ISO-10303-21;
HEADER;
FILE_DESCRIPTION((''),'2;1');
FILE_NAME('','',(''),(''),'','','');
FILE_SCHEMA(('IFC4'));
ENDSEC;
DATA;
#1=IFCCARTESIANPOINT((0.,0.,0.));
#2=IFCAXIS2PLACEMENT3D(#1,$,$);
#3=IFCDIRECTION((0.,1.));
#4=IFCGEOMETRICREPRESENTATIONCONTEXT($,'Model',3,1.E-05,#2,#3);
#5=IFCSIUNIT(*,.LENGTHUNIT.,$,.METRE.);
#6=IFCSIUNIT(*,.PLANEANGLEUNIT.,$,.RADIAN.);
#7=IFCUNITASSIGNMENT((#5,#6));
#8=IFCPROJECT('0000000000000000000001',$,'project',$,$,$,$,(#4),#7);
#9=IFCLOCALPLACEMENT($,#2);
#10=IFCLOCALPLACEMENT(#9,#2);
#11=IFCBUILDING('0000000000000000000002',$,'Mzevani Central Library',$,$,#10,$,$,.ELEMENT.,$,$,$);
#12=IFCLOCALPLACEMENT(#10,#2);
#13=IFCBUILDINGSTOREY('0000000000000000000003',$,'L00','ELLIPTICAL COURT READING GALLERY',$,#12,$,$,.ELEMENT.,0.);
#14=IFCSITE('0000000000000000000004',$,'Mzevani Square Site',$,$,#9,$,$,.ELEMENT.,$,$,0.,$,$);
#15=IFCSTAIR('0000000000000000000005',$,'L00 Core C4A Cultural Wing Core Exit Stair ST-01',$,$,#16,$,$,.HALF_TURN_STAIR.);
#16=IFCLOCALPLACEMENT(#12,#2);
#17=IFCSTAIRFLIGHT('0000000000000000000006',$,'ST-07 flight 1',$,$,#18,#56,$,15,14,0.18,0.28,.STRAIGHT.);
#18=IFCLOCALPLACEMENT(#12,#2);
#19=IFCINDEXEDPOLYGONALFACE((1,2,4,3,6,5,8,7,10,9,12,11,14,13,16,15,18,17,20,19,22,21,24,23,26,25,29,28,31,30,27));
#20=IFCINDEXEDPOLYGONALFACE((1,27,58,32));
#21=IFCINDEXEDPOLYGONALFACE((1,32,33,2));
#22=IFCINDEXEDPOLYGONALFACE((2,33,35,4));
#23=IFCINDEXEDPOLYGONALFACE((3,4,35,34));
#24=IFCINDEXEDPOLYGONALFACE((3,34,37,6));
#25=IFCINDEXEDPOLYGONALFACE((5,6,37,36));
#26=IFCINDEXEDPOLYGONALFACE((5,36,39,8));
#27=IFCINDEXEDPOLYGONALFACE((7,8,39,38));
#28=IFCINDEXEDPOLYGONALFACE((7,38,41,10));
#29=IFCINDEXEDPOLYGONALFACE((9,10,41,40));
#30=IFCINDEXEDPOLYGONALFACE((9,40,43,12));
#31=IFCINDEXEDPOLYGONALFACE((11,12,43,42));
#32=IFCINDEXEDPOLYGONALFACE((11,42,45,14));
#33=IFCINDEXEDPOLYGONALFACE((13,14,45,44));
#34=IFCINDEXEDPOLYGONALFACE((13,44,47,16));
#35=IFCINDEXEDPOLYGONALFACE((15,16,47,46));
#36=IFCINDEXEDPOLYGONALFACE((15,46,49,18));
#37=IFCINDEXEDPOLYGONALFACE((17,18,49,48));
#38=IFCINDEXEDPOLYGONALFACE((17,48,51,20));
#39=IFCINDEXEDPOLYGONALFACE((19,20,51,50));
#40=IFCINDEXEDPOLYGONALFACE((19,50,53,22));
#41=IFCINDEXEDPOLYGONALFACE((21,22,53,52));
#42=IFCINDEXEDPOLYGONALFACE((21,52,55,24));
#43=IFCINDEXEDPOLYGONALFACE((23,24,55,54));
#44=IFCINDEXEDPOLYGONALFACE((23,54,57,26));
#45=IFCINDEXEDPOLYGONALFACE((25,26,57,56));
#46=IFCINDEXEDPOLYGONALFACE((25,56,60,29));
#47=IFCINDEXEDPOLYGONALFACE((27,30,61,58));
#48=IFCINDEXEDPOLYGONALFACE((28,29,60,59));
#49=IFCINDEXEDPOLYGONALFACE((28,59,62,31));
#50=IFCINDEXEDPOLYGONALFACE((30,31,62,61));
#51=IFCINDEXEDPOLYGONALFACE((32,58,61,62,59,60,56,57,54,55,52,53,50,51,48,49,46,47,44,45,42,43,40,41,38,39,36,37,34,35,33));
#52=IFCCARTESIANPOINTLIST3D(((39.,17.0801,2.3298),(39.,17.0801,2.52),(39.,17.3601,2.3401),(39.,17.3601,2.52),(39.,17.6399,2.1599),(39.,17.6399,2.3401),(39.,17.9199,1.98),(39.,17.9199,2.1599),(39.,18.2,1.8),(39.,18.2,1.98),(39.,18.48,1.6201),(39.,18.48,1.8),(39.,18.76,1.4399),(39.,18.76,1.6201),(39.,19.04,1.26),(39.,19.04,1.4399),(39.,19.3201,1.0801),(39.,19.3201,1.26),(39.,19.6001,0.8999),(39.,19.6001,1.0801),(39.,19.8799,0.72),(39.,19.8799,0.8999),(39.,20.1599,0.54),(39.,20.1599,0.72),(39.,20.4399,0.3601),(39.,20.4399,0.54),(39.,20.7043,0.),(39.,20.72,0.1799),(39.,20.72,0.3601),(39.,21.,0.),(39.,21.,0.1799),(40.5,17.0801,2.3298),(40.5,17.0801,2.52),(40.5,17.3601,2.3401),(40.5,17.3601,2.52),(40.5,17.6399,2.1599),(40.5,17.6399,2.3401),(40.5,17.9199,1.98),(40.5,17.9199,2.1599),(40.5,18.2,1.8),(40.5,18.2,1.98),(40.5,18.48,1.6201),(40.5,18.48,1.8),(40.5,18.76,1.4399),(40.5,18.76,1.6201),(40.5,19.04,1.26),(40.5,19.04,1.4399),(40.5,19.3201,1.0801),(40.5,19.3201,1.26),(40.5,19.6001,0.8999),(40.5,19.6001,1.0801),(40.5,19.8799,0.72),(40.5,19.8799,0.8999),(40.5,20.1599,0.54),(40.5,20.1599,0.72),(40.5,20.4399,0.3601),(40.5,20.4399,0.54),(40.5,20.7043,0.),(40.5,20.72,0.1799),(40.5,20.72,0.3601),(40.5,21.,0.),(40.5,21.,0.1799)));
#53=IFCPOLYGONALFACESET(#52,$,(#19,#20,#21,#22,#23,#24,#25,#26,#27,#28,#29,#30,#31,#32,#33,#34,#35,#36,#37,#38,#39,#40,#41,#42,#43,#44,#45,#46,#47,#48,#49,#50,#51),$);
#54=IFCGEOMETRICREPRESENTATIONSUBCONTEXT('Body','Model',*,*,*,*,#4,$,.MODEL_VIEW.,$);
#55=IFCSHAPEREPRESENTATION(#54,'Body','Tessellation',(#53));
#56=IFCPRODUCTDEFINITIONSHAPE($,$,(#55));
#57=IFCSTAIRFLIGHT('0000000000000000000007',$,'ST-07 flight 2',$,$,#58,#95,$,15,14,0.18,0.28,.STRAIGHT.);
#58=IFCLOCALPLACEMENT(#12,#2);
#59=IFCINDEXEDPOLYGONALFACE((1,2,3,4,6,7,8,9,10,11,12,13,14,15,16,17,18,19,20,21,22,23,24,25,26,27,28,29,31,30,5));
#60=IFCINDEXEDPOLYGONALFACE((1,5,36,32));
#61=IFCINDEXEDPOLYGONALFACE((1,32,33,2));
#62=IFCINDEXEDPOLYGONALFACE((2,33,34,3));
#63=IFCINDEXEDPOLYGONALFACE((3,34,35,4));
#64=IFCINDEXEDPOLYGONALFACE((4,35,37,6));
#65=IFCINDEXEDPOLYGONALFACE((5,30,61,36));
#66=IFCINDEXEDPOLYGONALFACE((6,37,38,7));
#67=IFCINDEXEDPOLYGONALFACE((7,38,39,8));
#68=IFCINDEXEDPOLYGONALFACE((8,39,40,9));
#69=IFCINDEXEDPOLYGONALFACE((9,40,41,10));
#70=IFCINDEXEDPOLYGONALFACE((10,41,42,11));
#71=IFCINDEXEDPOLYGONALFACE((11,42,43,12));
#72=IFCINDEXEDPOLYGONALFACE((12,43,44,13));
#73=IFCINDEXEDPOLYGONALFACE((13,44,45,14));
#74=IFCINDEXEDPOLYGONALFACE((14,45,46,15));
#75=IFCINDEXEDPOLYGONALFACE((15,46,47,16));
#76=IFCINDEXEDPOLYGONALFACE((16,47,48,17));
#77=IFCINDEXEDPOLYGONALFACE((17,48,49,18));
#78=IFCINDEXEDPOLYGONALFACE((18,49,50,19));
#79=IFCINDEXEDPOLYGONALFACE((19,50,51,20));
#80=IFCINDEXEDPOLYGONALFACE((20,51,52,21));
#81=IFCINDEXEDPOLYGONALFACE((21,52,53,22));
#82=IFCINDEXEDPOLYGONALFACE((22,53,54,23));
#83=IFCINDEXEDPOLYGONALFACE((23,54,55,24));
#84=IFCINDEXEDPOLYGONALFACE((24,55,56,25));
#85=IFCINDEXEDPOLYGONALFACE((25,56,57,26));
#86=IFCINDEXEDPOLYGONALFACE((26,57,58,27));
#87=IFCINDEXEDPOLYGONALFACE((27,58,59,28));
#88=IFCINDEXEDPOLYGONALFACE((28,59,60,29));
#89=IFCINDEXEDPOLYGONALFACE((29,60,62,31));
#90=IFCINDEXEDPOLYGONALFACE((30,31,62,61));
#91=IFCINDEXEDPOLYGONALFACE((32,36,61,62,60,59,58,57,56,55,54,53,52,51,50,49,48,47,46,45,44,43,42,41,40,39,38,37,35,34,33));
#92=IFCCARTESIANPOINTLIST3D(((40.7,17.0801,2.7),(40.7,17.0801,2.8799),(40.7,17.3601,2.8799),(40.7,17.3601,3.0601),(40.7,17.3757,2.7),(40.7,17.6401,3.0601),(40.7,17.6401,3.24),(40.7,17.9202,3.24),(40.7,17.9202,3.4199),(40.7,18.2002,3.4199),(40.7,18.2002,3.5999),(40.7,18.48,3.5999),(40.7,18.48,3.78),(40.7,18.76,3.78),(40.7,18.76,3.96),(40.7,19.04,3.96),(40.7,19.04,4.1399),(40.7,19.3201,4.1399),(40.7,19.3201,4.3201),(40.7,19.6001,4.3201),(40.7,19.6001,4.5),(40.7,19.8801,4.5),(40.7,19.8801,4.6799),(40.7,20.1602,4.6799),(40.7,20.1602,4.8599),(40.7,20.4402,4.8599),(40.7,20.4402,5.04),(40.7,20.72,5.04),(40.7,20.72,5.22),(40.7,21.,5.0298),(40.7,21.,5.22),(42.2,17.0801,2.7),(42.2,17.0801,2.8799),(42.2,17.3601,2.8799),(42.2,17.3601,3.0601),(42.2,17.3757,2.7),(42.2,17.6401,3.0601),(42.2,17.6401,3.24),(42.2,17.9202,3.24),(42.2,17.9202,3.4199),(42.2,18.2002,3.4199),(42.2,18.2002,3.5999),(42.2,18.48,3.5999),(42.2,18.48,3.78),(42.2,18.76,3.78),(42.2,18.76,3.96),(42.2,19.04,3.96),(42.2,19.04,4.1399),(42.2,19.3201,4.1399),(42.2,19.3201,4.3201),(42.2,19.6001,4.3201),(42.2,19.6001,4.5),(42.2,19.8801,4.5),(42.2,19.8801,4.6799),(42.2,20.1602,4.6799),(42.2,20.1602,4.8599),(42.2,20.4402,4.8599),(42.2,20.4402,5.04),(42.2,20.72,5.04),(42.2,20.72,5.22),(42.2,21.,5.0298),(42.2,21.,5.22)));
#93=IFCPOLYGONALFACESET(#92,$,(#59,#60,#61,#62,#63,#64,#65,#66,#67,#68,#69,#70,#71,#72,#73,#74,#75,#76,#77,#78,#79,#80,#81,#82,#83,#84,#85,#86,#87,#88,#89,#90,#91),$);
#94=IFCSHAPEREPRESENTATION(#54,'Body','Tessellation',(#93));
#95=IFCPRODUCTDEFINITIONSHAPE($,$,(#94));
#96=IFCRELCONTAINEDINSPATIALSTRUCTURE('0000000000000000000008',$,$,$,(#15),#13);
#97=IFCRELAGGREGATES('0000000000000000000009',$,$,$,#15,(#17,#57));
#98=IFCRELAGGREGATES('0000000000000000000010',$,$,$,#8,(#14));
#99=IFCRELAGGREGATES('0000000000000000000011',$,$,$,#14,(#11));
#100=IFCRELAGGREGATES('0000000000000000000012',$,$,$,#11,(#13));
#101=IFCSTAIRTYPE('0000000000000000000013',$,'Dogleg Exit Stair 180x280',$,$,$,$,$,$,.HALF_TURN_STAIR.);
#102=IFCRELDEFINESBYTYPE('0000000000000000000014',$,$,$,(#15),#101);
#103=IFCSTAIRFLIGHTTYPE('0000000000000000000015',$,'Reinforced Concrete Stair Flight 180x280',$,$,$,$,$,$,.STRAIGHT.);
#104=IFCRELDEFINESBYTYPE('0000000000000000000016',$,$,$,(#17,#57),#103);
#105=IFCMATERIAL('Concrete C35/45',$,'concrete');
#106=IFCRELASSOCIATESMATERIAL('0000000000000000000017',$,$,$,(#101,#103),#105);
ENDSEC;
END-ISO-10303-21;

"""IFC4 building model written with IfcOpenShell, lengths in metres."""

from ifc_helpers import new_model, si_unit, direction, frame, origin, place, context, subcontext, project, spatial, polyline, outline, extrude, material, type_object, element, aggregate, save


model = new_model("IFC4")

# Units and contexts
model_context = context("Model", 3, precision=1e-05, world=origin(), true_north=direction((0.0, 1.0)))
body_context = subcontext(model_context, "Body", "Model", "MODEL_VIEW")
ifc_project = project(units=[si_unit("LENGTHUNIT", "METRE"), si_unit("PLANEANGLEUNIT", "RADIAN")], contexts=[model_context])

# Site, building, storey
site_placement = place(None, origin())
site = spatial("IfcSite", under=ifc_project, at=site_placement, Name="Mzevani Square Site", CompositionType="ELEMENT", RefElevation=0.0)
building_placement = place(site_placement, origin())
building = spatial("IfcBuilding", under=site, at=building_placement, Name="Mzevani Central Library", CompositionType="ELEMENT")
storey_placement = place(building_placement, origin())
storey = spatial("IfcBuildingStorey", under=building, at=storey_placement, Name="L00", Description="ELLIPTICAL COURT READING GALLERY", CompositionType="ELEMENT", Elevation=0.0)

# Shared definitions
ifc_material_1 = material(Name="Concrete C35/45", Category="concrete")

# Stair, stair flights
stair_type = type_object("IfcStairType", Name="Dogleg Exit Stair 180x280", PredefinedType="HALF_TURN_STAIR", material=ifc_material_1)
stair_placement = place(storey_placement, origin())
stair = element("IfcStair", 1, at=stair_placement, inside=storey, type_object=stair_type, Name="L00 Core C4A Cultural Wing Core Exit Stair ST-01", PredefinedType="HALF_TURN_STAIR")
stair_flight_type = type_object("IfcStairFlightType", Name="Reinforced Concrete Stair Flight 180x280", PredefinedType="STRAIGHT", material=ifc_material_1)
stair_flight_1_placement = place(storey_placement, frame((39.75, 21.0, 0.0), z_axis=(0.0, 0.0, 1.0), x_axis=(0.0, -1.0, 0.0)))
stair_flight_1 = element("IfcStairFlight", 2, at=stair_flight_1_placement, type_object=stair_flight_type, Name="ST-07 flight 1", NumberOfRisers=15, NumberOfTreads=14, PredefinedType="STRAIGHT", RiserHeight=0.18, TreadLength=0.28, context=body_context, shape_type="SweptSolid", body=[
    extrude(outline(polyline([(0.0, 0.0), (0.0, 0.1799), (0.28, 0.1799), (0.28, 0.3601), (0.5601, 0.3601), (0.5601, 0.54), (0.8401, 0.54), (0.8401, 0.72), (1.1201, 0.72), (1.1201, 0.8999), (1.3999, 0.8999), (1.3999, 1.0801), (1.6799, 1.0801), (1.6799, 1.26), (1.96, 1.26), (1.96, 1.4399), (2.24, 1.4399), (2.24, 1.6201), (2.52, 1.6201), (2.52, 1.8), (2.8, 1.8), (2.8, 1.98), (3.0801, 1.98), (3.0801, 2.1599), (3.3601, 2.1599), (3.3601, 2.3401), (3.6399, 2.3401), (3.6399, 2.52), (3.9199, 2.52), (3.9199, 2.7), (3.9199, 2.3298), (0.2957, 0.0), (0.0, 0.0)])), frame((0.0, 0.75, 0.0), z_axis=(0.0, -1.0, 0.0), x_axis=(1.0, 0.0, 0.0)), (0.0, 0.0, 1.0), 1.5),
])
stair_flight_2_placement = place(storey_placement, frame((41.45, 17.0801, 2.7), z_axis=(0.0, 0.0, 1.0), x_axis=(0.0, 1.0, 0.0)))
stair_flight_2 = element("IfcStairFlight", 3, at=stair_flight_2_placement, type_object=stair_flight_type, Name="ST-07 flight 2", NumberOfRisers=15, NumberOfTreads=14, PredefinedType="STRAIGHT", RiserHeight=0.18, TreadLength=0.28, context=body_context, shape_type="SweptSolid", body=[
    extrude(outline(polyline([(0.0, 0.0), (0.0, 0.1799), (0.28, 0.1799), (0.28, 0.3601), (0.5601, 0.3601), (0.5601, 0.54), (0.8401, 0.54), (0.8401, 0.72), (1.1201, 0.72), (1.1201, 0.8999), (1.3999, 0.8999), (1.3999, 1.0801), (1.6799, 1.0801), (1.6799, 1.26), (1.96, 1.26), (1.96, 1.4399), (2.24, 1.4399), (2.24, 1.6201), (2.52, 1.6201), (2.52, 1.8), (2.8, 1.8), (2.8, 1.98), (3.0801, 1.98), (3.0801, 2.1599), (3.3601, 2.1599), (3.3601, 2.3401), (3.6399, 2.3401), (3.6399, 2.52), (3.9199, 2.52), (3.9199, 2.7), (3.9199, 2.3298), (0.2957, 0.0), (0.0, 0.0)])), frame((0.0, 0.75, 0.0), z_axis=(0.0, -1.0, 0.0), x_axis=(1.0, 0.0, 0.0)), (0.0, 0.0, 1.0), 1.5),
])
aggregate(stair, [stair_flight_1, stair_flight_2])

save(model, "model.ifc")
